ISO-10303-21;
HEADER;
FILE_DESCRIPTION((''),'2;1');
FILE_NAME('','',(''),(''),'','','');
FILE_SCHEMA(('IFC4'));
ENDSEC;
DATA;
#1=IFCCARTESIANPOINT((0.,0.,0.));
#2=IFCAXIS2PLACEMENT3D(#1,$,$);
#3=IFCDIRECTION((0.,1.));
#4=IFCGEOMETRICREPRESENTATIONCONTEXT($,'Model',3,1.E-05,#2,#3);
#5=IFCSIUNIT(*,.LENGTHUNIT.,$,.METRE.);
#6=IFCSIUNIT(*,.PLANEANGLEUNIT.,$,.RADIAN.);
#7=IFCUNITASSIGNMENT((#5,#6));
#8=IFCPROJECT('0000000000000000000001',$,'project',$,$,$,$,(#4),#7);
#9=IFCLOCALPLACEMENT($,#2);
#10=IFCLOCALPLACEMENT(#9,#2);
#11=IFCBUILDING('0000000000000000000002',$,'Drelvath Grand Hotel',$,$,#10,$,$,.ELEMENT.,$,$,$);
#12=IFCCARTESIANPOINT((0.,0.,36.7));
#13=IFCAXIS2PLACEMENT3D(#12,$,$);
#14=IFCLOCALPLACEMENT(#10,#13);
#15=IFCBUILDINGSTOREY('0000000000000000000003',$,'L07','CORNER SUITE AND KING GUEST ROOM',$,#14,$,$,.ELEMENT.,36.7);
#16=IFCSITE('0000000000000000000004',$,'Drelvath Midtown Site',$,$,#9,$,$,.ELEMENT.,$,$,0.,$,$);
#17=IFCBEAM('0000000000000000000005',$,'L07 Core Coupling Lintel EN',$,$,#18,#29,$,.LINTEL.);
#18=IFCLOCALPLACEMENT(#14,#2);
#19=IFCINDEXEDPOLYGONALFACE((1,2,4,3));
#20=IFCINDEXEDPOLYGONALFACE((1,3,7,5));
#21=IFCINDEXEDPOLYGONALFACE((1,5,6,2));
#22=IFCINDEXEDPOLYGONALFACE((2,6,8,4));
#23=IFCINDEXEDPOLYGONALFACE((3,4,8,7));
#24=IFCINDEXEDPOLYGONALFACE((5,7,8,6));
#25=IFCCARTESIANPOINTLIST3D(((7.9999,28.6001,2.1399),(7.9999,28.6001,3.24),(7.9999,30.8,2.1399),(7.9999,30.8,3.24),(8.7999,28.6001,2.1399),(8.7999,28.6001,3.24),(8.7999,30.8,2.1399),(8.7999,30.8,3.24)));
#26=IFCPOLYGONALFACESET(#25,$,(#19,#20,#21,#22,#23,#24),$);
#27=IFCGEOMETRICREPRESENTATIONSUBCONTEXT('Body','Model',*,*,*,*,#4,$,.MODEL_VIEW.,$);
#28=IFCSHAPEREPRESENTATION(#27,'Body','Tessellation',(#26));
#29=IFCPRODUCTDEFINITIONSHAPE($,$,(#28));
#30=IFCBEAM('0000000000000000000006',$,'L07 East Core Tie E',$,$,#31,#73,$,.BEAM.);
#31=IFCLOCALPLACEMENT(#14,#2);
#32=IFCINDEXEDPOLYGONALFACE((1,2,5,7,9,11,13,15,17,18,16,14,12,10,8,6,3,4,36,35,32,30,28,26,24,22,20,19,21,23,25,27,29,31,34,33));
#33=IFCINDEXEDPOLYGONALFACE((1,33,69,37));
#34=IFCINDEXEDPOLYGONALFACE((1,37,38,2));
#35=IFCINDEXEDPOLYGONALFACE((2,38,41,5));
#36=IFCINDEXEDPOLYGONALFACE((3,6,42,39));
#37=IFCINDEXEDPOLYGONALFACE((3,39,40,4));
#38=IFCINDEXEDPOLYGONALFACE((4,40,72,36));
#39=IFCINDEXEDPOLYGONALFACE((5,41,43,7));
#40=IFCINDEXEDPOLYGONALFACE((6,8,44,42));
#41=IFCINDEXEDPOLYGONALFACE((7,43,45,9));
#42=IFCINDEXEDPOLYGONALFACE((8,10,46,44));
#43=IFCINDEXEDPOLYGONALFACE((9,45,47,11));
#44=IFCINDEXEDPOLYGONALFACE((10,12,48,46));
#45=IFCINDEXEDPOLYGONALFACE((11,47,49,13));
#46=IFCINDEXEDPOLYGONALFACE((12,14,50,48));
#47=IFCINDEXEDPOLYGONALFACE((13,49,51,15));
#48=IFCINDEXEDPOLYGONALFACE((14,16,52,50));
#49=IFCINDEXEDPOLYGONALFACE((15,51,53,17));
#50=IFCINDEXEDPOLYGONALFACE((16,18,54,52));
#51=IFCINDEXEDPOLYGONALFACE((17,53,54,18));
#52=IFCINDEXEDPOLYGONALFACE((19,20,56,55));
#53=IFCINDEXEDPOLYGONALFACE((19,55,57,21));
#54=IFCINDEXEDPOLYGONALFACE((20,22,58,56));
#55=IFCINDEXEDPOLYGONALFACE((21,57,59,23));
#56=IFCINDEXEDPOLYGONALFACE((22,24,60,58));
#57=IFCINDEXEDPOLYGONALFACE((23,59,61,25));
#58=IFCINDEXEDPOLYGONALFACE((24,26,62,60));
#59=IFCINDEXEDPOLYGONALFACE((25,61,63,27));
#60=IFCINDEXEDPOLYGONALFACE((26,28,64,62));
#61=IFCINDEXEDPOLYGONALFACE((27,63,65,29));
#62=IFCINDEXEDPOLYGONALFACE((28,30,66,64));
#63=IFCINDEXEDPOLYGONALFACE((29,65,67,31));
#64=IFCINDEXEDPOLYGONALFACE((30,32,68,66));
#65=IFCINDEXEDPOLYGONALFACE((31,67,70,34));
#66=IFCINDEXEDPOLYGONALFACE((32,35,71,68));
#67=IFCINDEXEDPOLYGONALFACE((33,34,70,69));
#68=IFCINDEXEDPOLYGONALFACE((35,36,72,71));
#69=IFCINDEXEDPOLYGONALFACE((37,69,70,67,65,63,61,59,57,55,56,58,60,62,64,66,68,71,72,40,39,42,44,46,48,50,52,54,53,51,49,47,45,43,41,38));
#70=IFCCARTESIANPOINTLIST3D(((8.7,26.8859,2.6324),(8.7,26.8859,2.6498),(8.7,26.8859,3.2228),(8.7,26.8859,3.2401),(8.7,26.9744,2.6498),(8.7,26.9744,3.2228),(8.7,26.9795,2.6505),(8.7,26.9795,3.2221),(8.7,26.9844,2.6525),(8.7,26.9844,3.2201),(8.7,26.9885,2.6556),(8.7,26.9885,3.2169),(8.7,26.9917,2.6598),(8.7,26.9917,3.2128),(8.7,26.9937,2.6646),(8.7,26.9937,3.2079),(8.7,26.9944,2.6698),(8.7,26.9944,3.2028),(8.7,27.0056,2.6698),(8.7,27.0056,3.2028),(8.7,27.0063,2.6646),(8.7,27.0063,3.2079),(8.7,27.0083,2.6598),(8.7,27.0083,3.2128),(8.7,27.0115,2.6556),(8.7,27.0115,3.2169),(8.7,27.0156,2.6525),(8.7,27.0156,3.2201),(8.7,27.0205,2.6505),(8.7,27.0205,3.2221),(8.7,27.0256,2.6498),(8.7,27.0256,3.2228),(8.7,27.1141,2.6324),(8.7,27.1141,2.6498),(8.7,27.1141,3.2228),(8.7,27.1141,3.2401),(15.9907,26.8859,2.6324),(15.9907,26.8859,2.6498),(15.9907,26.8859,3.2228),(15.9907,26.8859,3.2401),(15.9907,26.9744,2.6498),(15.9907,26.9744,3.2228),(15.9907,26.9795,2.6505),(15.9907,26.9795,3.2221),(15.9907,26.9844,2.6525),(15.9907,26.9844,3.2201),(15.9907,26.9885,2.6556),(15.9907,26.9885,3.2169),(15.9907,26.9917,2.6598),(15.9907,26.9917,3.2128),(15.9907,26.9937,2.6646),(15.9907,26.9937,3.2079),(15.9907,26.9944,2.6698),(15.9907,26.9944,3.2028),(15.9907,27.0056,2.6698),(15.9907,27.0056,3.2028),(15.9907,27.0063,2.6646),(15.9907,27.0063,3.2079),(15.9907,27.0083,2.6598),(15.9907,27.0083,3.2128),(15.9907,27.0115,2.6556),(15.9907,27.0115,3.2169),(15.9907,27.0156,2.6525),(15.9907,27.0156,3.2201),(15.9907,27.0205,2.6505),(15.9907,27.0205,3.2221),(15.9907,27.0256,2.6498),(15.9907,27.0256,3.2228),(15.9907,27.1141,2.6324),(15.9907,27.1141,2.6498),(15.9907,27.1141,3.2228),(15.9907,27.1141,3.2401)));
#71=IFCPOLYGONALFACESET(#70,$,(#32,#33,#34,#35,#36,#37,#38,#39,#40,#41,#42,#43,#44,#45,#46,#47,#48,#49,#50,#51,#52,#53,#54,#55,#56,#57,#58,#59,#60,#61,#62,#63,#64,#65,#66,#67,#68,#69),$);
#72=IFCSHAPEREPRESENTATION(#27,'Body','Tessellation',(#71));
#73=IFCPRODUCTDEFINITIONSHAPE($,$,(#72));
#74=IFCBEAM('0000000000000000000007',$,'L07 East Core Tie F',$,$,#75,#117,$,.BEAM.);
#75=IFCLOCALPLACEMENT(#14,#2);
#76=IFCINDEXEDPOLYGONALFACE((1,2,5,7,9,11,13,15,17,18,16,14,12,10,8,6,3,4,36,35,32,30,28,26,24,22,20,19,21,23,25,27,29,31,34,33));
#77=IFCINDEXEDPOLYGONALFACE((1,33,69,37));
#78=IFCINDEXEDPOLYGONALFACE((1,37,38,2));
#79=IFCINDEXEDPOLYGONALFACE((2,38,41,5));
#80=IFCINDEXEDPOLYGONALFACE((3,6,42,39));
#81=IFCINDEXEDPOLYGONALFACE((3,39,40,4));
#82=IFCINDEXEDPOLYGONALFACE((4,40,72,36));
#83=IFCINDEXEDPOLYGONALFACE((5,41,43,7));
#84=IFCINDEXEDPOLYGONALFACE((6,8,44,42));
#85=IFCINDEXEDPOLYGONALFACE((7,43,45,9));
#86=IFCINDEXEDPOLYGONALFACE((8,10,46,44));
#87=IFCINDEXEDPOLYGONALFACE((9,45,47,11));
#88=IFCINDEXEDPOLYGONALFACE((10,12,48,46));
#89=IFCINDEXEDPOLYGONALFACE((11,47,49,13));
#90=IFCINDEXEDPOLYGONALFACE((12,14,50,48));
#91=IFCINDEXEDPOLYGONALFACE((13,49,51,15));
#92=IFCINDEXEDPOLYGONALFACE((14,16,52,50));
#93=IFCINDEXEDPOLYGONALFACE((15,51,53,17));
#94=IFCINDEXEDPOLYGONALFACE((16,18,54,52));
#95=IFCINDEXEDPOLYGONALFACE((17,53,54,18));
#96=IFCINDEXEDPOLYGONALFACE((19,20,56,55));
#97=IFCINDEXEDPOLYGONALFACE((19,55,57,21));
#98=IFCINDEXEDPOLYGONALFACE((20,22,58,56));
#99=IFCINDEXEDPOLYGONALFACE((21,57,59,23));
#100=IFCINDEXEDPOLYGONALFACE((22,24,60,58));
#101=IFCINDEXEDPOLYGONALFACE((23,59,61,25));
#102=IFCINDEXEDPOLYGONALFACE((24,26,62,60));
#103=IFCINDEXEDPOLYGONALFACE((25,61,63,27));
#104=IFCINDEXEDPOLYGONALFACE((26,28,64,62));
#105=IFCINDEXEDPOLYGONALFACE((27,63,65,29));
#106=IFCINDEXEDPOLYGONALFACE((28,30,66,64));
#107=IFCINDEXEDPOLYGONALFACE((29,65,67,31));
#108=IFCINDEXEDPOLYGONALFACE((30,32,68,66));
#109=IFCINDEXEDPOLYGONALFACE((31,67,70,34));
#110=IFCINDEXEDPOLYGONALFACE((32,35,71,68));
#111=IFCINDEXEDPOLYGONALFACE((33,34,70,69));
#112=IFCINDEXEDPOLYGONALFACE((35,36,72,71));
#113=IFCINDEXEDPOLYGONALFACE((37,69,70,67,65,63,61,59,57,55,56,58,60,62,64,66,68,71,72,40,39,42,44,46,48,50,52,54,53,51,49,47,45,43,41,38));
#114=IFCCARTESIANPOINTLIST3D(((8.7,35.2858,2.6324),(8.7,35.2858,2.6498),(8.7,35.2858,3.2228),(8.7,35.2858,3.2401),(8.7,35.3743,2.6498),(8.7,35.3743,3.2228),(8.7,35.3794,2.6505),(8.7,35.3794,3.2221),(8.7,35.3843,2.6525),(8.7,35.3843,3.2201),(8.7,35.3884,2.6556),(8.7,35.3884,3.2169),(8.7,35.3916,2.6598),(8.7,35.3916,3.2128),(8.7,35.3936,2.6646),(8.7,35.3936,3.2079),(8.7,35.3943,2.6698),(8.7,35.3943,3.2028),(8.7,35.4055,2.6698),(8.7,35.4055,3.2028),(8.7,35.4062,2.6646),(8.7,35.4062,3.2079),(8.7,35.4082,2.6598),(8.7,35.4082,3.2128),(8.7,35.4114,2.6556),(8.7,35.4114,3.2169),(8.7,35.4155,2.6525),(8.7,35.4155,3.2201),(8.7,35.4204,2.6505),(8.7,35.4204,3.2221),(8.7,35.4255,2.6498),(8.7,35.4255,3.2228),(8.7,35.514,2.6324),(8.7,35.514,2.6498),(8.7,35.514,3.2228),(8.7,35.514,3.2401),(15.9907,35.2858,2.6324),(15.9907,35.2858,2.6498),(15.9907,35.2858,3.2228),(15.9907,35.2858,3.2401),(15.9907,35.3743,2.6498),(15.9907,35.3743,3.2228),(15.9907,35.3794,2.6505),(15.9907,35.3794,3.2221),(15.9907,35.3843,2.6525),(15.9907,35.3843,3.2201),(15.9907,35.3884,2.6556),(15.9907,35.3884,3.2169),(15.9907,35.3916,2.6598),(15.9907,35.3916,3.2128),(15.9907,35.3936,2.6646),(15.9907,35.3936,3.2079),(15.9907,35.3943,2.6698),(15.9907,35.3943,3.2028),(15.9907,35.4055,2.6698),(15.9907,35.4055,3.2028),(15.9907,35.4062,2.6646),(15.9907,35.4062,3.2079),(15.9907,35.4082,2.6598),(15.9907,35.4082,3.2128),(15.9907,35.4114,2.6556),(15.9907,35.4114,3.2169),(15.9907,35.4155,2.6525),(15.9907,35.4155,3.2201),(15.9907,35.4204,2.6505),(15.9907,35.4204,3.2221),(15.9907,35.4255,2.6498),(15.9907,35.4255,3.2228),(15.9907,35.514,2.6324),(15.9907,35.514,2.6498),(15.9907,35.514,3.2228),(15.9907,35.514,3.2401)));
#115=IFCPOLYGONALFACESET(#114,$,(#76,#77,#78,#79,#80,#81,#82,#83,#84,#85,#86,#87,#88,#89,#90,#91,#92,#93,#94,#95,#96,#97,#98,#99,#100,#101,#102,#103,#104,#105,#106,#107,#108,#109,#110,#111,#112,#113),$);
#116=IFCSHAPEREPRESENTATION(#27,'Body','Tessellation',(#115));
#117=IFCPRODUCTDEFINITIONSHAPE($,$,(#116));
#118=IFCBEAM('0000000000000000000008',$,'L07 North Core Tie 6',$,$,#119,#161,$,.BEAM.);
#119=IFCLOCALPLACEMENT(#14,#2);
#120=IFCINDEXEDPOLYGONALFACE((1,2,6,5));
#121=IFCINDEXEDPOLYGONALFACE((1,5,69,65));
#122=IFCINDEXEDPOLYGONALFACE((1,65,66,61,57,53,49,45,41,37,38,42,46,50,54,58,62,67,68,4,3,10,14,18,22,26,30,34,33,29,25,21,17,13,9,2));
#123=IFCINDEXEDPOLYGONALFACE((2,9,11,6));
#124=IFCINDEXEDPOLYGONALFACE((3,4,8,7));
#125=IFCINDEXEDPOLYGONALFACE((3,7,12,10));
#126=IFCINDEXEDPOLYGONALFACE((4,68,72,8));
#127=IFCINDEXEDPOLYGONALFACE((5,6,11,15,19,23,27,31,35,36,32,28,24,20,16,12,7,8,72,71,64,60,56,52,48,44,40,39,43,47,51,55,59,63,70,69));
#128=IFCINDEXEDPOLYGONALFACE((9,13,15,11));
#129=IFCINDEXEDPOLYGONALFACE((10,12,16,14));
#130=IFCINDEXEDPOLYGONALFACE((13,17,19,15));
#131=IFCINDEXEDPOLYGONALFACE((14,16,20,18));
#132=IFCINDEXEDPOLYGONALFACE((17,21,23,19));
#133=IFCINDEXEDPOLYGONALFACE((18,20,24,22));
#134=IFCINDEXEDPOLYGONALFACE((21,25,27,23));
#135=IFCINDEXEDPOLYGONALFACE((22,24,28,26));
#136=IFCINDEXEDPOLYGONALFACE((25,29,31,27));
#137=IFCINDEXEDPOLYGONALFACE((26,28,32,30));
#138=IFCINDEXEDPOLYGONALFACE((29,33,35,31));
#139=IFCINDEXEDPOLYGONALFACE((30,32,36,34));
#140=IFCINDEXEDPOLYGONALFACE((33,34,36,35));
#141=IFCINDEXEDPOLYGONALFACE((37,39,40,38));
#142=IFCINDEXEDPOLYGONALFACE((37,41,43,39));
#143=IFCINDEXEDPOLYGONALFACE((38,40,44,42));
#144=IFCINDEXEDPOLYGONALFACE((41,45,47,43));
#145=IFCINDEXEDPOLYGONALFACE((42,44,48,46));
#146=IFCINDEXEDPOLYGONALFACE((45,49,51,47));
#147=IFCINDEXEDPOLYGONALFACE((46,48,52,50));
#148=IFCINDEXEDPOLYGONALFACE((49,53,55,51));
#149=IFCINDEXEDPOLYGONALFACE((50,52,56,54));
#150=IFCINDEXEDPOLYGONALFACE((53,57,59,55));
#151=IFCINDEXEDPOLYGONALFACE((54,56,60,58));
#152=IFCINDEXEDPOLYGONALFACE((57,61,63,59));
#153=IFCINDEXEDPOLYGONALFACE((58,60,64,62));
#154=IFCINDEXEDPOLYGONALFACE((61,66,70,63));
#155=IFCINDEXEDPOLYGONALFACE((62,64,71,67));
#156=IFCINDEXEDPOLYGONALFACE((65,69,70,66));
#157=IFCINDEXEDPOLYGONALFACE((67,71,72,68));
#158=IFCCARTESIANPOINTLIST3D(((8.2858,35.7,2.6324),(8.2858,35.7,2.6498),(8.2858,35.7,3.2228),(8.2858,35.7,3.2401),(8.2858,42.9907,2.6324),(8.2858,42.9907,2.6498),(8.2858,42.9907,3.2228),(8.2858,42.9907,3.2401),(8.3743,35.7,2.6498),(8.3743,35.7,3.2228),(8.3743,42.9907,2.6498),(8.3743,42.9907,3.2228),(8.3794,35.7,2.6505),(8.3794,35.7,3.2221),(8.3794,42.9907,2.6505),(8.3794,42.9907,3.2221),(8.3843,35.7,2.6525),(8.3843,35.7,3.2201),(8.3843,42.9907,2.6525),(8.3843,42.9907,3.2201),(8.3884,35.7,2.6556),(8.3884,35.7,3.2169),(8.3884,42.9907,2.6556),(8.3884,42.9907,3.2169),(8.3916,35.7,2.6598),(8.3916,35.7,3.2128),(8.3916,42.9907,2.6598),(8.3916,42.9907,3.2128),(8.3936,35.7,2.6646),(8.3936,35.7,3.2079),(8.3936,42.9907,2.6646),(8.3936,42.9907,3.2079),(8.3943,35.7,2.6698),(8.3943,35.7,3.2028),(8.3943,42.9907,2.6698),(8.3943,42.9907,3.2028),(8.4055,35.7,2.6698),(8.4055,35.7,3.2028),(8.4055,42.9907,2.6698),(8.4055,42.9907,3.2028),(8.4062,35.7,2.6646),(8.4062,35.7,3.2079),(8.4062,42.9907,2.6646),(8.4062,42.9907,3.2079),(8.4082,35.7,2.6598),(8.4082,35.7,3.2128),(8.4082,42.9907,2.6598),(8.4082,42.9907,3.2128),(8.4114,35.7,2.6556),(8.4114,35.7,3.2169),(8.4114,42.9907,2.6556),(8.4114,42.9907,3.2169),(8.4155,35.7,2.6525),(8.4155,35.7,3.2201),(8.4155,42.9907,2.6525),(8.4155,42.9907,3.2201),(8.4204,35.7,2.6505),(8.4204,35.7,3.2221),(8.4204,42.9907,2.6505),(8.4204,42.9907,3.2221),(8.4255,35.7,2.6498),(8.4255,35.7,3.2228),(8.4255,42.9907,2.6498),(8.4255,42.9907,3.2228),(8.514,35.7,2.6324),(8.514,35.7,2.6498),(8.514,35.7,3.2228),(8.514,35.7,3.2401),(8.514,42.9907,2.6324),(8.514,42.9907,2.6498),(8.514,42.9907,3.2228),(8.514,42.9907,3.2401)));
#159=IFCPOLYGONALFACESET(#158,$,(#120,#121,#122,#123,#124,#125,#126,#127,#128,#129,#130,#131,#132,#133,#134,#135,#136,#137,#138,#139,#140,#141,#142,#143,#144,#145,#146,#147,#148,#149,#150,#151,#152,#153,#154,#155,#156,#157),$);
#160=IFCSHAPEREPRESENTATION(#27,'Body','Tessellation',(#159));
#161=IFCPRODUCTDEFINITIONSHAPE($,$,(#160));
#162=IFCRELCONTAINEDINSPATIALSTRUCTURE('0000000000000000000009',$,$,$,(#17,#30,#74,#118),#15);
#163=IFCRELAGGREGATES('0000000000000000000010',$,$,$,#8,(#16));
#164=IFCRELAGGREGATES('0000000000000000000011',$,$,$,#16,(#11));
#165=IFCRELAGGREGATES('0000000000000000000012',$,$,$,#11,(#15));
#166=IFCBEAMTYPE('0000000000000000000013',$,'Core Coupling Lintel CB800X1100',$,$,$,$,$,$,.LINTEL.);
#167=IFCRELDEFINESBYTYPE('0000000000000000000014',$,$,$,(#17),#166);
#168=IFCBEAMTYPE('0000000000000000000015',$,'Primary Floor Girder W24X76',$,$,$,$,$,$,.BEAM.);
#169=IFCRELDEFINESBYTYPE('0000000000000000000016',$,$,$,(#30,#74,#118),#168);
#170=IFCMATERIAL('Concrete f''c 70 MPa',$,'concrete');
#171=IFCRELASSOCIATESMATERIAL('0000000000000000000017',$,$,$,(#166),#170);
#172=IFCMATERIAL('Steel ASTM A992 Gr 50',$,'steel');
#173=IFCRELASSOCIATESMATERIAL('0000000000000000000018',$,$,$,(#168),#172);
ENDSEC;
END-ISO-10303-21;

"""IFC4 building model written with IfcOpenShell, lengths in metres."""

from ifc_helpers import new_model, si_unit, direction, frame, origin, origin_2d, place, context, subcontext, project, spatial, rectangle, i_section, extrude, material, material_profile, profile_set, type_object, element, save


model = new_model("IFC4")

# Units and contexts
model_context = context("Model", 3, precision=1e-05, world=origin(), true_north=direction((0.0, 1.0)))
body_context = subcontext(model_context, "Body", "Model", "MODEL_VIEW")
ifc_project = project(units=[si_unit("LENGTHUNIT", "METRE"), si_unit("PLANEANGLEUNIT", "RADIAN")], contexts=[model_context])

# Site, building, storey
site_placement = place(None, origin())
site = spatial("IfcSite", under=ifc_project, at=site_placement, Name="Drelvath Midtown Site", CompositionType="ELEMENT", RefElevation=0.0)
building_placement = place(site_placement, origin())
building = spatial("IfcBuilding", under=site, at=building_placement, Name="Drelvath Grand Hotel", CompositionType="ELEMENT")
storey_placement = place(building_placement, frame((0.0, 0.0, 36.7)))
storey = spatial("IfcBuildingStorey", under=building, at=storey_placement, Name="L07", Description="CORNER SUITE AND KING GUEST ROOM", CompositionType="ELEMENT", Elevation=36.7)

# Beams
ifc_material_1 = material(Name="Concrete f'c 70 MPa", Category="concrete")
ifc_material_profile_1 = material_profile(ifc_material_1, rectangle(XDim=0.8, YDim=1.1001, at=origin_2d()), Name="CB800X1100")
ifc_profile_set_1 = profile_set([ifc_material_profile_1], Name="Concrete f'c 70 MPa")
beam_type_1 = type_object("IfcBeamType", Name="Core Coupling Lintel CB800X1100", PredefinedType="LINTEL", material=ifc_profile_set_1)
beam_placement = place(storey_placement, frame((8.3999, 28.6001, 2.6899), z_axis=(0.0, 1.0, 0.0), x_axis=(-1.0, 0.0, 0.0)))
element("IfcBeam", 1, at=beam_placement, inside=storey, type_object=beam_type_1, Name="L07 Core Coupling Lintel EN", PredefinedType="LINTEL", context=body_context, shape_type="SweptSolid", body=[
    extrude(rectangle(XDim=0.8, YDim=1.1001, at=origin_2d()), origin(), (0.0, 0.0, 1.0), 2.2),
])
ifc_material_2 = material(Name="Steel ASTM A992 Gr 50", Category="steel")
ifc_material_profile_2 = material_profile(ifc_material_2, i_section(OverallWidth=0.2283, OverallDepth=0.6077, WebThickness=0.0112, FlangeThickness=0.0173, FilletRadius=0.02, at=origin_2d()), Name="W24X76")
ifc_profile_set_2 = profile_set([ifc_material_profile_2], Name="Steel ASTM A992 Gr 50")
beam_type_2 = type_object("IfcBeamType", Name="Primary Floor Girder W24X76", PredefinedType="BEAM", material=ifc_profile_set_2)
for number, where, z_axis, x_axis, name in (
    (2, (8.7, 27.0, 2.9363), (1.0, 0.0, 0.0), (0.0, 1.0, 0.0), "L07 East Core Tie E"),
    (3, (8.7, 35.3999, 2.9363), (1.0, 0.0, 0.0), (0.0, 1.0, 0.0), "L07 East Core Tie F"),
    (4, (8.3999, 35.7, 2.9363), (0.0, 1.0, 0.0), (-1.0, 0.0, 0.0), "L07 North Core Tie 6"),
):
    element("IfcBeam", number, at=place(storey_placement, frame(where, z_axis=z_axis, x_axis=x_axis)), inside=storey, type_object=beam_type_2, Name=name, PredefinedType="BEAM", context=body_context, shape_type="SweptSolid", body=[
        extrude(i_section(OverallWidth=0.2283, OverallDepth=0.6077, WebThickness=0.0112, FlangeThickness=0.0173, FilletRadius=0.02, at=origin_2d()), origin(), (0.0, 0.0, 1.0), 7.2908),
    ])

save(model, "model.ifc")
